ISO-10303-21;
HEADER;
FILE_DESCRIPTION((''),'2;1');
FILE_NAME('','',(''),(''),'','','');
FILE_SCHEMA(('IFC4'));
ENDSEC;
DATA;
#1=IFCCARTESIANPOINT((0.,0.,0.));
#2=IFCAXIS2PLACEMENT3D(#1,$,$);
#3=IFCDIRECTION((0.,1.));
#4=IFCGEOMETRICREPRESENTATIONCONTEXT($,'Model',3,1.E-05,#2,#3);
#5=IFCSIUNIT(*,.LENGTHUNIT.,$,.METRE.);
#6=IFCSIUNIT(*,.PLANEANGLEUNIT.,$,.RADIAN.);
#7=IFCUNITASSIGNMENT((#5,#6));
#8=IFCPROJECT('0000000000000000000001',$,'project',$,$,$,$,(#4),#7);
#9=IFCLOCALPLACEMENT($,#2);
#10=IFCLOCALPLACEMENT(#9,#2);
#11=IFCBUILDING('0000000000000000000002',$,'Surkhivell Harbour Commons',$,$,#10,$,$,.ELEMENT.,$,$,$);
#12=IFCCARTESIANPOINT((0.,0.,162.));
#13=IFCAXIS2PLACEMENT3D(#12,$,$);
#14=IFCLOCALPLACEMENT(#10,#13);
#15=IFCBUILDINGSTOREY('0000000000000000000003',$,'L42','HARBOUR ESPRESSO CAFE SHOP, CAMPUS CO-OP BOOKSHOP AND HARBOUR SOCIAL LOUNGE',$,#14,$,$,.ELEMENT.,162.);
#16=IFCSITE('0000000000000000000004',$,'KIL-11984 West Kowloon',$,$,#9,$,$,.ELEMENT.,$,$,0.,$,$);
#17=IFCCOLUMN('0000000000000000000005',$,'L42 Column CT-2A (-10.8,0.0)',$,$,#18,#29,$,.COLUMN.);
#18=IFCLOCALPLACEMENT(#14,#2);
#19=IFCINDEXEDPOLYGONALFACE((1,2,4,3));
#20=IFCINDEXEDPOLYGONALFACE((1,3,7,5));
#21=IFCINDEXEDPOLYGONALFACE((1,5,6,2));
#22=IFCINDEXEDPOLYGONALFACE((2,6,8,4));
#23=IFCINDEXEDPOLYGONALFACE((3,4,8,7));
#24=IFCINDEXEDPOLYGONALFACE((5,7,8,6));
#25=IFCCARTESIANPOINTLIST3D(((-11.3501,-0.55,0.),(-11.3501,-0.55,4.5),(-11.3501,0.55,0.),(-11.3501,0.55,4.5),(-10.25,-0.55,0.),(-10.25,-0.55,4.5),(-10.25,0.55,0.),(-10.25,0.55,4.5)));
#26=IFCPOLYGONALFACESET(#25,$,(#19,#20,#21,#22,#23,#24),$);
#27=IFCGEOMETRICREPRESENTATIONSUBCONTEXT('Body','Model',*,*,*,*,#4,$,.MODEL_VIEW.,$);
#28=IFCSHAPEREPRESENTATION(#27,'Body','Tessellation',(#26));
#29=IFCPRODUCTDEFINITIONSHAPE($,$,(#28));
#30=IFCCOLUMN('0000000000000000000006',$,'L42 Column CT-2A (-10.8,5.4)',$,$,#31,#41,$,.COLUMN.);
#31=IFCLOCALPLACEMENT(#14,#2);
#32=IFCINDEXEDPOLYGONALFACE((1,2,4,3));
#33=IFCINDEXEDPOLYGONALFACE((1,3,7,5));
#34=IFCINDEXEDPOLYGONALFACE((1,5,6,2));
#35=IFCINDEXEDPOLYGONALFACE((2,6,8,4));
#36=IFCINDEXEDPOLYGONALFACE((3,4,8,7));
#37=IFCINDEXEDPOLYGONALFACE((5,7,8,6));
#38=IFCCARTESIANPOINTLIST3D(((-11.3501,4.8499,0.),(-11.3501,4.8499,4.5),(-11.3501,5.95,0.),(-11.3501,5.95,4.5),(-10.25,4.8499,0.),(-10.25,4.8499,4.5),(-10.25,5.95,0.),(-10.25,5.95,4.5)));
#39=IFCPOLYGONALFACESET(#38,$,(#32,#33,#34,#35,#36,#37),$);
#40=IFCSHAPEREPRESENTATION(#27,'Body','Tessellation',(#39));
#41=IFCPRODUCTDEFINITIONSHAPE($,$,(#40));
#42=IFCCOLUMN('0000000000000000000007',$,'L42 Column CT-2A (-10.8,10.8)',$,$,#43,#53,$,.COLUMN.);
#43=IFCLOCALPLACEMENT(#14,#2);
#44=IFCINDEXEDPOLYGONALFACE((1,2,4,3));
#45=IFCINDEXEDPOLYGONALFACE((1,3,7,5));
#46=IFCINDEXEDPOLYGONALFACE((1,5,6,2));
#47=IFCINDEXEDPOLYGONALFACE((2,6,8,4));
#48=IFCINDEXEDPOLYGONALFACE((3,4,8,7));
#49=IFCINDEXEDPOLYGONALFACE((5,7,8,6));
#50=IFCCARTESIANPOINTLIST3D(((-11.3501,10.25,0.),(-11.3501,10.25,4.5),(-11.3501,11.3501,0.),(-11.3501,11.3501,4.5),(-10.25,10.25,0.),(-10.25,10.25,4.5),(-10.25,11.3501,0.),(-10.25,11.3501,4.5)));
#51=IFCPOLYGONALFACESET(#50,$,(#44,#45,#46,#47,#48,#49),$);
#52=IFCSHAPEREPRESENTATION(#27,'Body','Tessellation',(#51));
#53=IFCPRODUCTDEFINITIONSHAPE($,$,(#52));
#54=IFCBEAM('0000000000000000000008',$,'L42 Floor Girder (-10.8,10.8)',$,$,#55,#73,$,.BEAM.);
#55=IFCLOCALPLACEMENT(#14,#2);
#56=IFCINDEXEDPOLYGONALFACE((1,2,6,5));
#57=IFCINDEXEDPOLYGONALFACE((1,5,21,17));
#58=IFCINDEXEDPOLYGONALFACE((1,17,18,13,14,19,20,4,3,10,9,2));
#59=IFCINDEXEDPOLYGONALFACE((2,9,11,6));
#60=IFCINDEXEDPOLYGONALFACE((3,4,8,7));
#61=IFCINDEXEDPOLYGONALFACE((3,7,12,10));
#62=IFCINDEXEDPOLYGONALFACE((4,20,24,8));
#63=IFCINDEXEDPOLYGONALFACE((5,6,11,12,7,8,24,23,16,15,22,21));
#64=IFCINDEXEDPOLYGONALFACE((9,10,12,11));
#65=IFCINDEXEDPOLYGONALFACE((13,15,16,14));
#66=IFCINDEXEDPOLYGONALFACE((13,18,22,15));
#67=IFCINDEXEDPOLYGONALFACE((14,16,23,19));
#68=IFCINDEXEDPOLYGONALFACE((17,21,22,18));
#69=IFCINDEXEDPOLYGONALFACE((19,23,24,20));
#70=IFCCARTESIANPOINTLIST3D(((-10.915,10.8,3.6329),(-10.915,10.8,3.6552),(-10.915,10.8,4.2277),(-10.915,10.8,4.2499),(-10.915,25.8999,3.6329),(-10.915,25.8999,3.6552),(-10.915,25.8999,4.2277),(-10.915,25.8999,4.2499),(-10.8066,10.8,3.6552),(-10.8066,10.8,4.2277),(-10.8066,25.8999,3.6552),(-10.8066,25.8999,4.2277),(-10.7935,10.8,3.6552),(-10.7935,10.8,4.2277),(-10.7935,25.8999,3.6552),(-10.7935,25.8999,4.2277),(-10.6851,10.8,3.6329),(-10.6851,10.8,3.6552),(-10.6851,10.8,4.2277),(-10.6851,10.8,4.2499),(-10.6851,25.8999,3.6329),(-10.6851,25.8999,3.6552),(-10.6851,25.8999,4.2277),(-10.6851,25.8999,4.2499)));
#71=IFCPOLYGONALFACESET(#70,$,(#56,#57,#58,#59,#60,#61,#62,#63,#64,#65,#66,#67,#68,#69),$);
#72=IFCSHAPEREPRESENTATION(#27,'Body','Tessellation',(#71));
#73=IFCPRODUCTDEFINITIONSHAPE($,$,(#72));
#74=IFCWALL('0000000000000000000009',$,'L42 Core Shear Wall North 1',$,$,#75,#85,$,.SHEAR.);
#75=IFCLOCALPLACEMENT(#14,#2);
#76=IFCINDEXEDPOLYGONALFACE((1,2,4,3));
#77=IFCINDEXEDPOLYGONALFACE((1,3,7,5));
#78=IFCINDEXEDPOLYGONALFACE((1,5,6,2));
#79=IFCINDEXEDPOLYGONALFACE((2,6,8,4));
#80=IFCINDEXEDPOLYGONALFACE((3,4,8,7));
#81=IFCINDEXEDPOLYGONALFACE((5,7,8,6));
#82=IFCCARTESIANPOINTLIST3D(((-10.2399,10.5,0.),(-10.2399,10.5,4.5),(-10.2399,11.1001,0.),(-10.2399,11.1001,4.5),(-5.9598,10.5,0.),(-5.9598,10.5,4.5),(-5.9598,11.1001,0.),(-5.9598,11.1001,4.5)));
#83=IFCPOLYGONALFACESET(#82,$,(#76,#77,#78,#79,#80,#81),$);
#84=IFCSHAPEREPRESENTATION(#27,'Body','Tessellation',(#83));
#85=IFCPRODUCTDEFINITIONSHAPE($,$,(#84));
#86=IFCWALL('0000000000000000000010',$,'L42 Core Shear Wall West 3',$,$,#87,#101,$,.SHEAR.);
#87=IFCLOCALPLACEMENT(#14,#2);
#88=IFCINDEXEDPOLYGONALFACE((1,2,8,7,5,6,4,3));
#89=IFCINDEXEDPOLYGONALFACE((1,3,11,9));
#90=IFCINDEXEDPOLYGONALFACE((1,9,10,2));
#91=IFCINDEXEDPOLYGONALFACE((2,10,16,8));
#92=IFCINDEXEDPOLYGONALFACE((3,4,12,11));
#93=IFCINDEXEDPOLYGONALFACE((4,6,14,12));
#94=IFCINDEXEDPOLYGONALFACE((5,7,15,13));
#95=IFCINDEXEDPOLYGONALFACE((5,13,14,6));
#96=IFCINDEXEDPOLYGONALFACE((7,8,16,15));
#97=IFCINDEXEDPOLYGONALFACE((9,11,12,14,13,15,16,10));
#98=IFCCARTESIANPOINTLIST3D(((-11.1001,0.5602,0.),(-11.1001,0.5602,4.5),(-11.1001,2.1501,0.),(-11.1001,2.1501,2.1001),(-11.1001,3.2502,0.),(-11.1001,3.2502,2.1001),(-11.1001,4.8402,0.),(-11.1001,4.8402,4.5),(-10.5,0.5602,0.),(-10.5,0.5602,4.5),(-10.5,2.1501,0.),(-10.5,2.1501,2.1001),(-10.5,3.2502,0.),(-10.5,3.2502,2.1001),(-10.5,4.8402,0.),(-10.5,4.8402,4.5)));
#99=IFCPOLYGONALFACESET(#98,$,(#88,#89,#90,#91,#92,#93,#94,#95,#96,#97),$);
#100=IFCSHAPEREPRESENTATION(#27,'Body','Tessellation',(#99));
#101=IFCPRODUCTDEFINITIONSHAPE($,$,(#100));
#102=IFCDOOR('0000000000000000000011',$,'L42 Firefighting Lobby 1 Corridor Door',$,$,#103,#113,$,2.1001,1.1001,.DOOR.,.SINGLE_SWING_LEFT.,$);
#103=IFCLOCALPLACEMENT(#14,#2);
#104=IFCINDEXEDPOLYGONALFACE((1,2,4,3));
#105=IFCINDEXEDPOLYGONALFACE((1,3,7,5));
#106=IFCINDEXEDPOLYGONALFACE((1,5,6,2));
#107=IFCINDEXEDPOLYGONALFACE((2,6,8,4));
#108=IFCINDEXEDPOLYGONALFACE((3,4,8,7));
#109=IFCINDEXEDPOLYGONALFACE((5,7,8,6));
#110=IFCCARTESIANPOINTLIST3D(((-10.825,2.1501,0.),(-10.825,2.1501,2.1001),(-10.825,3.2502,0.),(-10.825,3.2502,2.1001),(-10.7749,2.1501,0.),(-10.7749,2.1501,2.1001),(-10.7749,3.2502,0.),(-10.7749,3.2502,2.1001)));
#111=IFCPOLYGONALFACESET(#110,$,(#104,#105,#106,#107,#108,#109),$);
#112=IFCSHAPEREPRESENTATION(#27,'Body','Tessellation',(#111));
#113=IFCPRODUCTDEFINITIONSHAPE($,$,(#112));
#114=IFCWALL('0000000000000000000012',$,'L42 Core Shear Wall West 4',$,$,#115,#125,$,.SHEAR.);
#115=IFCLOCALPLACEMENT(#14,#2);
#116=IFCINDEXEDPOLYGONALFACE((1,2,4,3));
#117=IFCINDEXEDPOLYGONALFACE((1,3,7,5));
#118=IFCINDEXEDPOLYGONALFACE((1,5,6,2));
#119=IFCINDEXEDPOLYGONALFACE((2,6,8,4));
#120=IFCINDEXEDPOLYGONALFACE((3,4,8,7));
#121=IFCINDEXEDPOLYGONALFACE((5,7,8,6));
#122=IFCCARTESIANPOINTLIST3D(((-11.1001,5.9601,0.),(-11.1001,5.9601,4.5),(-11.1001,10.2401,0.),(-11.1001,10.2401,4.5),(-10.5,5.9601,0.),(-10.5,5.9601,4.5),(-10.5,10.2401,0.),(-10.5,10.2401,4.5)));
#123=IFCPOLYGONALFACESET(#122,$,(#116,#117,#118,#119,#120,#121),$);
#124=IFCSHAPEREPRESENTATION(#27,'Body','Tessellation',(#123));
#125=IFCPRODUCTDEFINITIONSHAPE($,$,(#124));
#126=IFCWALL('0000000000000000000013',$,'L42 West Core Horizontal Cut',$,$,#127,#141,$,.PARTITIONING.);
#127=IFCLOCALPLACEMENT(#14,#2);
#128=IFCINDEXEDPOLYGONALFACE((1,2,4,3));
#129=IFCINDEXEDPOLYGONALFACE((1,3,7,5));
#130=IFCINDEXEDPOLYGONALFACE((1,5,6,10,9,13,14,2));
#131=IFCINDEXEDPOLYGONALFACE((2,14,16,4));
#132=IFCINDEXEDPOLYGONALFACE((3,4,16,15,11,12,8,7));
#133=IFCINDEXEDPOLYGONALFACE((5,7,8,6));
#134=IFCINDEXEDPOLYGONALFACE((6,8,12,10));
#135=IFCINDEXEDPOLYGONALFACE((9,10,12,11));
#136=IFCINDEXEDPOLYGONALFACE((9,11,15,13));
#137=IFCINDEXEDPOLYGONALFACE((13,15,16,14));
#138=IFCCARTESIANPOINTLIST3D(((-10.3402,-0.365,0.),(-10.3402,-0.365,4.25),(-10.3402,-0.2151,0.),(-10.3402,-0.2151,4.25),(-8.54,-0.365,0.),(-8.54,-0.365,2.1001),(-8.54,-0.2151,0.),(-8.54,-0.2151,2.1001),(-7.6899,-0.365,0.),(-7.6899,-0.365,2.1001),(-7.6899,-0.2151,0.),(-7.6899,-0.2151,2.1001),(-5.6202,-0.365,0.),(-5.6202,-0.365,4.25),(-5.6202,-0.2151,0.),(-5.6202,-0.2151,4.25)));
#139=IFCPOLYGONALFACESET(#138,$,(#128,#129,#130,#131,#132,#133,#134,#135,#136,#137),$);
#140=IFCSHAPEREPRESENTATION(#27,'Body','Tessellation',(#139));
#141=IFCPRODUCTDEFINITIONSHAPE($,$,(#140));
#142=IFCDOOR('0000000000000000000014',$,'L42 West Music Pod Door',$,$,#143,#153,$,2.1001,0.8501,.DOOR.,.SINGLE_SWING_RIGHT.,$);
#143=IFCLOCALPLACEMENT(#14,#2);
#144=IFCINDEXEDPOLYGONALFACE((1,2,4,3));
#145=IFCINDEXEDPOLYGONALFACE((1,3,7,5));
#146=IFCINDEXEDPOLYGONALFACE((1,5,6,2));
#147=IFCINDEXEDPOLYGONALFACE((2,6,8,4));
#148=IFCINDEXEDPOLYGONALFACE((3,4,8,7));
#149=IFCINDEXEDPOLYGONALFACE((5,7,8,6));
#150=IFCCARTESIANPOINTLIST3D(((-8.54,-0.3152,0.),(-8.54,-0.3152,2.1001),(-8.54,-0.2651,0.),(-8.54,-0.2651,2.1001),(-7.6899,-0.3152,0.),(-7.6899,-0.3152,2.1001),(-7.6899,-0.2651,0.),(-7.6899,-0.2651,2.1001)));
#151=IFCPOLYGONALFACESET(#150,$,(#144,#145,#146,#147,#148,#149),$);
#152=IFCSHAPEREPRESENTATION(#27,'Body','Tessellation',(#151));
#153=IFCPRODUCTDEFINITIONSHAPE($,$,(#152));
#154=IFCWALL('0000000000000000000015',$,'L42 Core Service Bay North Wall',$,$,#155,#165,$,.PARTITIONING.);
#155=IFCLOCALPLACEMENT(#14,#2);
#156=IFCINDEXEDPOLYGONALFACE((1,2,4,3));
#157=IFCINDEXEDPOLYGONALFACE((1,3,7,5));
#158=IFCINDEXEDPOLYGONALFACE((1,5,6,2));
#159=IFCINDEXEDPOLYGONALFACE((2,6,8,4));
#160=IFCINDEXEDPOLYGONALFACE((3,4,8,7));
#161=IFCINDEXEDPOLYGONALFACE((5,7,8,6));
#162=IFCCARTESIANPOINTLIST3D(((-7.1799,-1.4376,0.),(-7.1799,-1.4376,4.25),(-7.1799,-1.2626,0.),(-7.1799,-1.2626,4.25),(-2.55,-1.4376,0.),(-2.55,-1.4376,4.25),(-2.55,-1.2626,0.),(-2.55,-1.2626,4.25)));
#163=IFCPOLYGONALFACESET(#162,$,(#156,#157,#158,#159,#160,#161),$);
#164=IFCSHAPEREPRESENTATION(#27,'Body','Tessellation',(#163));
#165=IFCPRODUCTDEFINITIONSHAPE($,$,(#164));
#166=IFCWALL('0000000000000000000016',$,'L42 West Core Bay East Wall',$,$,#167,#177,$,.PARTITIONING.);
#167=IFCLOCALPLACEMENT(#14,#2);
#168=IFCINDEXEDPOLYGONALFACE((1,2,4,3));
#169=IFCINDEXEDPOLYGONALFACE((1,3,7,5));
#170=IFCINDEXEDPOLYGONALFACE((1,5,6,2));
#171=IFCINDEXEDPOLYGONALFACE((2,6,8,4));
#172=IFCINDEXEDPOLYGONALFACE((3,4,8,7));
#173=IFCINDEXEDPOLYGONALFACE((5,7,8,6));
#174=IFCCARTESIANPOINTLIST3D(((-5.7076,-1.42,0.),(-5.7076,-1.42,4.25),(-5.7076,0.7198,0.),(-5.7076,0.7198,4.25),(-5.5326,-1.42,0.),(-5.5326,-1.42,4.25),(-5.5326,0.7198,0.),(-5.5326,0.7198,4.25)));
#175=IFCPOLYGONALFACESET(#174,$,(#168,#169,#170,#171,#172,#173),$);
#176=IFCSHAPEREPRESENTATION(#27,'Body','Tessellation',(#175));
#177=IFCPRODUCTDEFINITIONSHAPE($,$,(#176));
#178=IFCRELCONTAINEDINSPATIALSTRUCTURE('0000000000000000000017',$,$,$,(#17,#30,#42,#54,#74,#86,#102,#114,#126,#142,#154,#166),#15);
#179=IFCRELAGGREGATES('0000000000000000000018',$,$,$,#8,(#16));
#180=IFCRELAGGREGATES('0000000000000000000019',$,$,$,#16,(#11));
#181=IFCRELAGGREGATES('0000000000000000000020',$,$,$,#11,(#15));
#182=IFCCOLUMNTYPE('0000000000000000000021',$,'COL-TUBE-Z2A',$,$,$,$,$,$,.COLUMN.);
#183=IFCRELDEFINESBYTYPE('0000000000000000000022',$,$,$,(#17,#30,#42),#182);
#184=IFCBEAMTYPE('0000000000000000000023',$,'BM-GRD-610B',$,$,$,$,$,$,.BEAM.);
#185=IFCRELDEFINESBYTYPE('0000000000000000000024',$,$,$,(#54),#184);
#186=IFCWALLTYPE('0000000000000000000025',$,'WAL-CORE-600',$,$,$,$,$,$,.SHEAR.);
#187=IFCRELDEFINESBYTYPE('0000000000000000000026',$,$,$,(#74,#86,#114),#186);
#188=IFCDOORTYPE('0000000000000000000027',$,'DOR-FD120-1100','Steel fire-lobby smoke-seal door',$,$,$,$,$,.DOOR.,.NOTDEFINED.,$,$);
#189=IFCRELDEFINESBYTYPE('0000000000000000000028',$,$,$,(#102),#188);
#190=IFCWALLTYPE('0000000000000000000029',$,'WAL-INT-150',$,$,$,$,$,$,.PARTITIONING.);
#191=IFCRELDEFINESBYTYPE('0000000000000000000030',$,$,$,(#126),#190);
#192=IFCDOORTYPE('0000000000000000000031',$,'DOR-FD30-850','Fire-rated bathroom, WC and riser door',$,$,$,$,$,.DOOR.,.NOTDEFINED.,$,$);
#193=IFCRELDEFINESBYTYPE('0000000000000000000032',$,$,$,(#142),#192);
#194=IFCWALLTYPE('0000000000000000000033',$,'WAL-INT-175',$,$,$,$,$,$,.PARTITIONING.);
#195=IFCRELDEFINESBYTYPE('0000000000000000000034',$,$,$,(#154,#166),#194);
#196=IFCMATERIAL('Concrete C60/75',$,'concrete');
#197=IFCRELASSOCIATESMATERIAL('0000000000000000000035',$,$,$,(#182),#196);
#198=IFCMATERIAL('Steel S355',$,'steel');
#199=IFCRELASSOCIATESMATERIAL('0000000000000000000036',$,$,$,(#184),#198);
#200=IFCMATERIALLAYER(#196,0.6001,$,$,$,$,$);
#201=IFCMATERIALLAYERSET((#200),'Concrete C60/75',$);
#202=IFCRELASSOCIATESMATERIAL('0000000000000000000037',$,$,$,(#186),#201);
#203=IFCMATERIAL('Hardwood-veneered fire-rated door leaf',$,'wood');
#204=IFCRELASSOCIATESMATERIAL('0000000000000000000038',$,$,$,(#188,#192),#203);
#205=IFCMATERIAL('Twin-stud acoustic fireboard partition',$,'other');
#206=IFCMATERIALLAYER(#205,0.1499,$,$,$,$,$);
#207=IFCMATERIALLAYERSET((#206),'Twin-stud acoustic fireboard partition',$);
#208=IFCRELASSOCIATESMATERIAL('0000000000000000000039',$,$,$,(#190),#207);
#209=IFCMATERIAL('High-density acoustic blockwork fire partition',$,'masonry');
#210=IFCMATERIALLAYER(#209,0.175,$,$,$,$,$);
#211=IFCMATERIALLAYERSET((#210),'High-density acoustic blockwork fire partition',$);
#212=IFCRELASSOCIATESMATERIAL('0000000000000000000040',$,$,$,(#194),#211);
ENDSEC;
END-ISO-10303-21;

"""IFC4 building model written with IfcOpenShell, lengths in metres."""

from ifc_helpers import new_model, si_unit, direction, frame, frame_2d, origin, origin_2d, place, context, subcontext, project, spatial, rectangle, i_section, extrude, material, layer, layer_set, material_profile, profile_set, type_object, element, fill, save


model = new_model("IFC4")

# Units and contexts
model_context = context("Model", 3, precision=1e-05, world=origin(), true_north=direction((0.0, 1.0)))
body_context = subcontext(model_context, "Body", "Model", "MODEL_VIEW")
ifc_project = project(units=[si_unit("LENGTHUNIT", "METRE"), si_unit("PLANEANGLEUNIT", "RADIAN")], contexts=[model_context])

# Site, building, storey
site_placement = place(None, origin())
site = spatial("IfcSite", under=ifc_project, at=site_placement, Name="KIL-11984 West Kowloon", CompositionType="ELEMENT", RefElevation=0.0)
building_placement = place(site_placement, origin())
building = spatial("IfcBuilding", under=site, at=building_placement, Name="Surkhivell Harbour Commons", CompositionType="ELEMENT")
storey_placement = place(building_placement, frame((0.0, 0.0, 162.0)))
storey = spatial("IfcBuildingStorey", under=building, at=storey_placement, Name="L42", Description="HARBOUR ESPRESSO CAFE SHOP, CAMPUS CO-OP BOOKSHOP AND HARBOUR SOCIAL LOUNGE", CompositionType="ELEMENT", Elevation=162.0)

# Columns
ifc_material_1 = material(Name="Concrete C60/75", Category="concrete")
ifc_material_profile_1 = material_profile(ifc_material_1, rectangle(XDim=1.1001, YDim=1.1001, at=origin_2d()), Name="RC-COL-1100x1100")
ifc_profile_set_1 = profile_set([ifc_material_profile_1], Name="Concrete C60/75")
column_type = type_object("IfcColumnType", Name="COL-TUBE-Z2A", PredefinedType="COLUMN", material=ifc_profile_set_1)
for number, where, z_axis, x_axis, name in (
    (1, (-10.8, 0.0, 0.0), (0.0, 0.0, 1.0), (1.0, 0.0, 0.0), "L42 Column CT-2A (-10.8,0.0)"),
    (2, (-10.8, 5.3999, 0.0), (0.0, 0.0, 1.0), (1.0, 0.0, 0.0), "L42 Column CT-2A (-10.8,5.4)"),
    (3, (-10.8, 10.8, 0.0), (0.0, 0.0, 1.0), (1.0, 0.0, 0.0), "L42 Column CT-2A (-10.8,10.8)"),
):
    element("IfcColumn", number, at=place(storey_placement, frame(where, z_axis=z_axis, x_axis=x_axis)), inside=storey, type_object=column_type, Name=name, PredefinedType="COLUMN", context=body_context, shape_type="SweptSolid", body=[
        extrude(rectangle(XDim=1.1001, YDim=1.1001, at=origin_2d()), origin(), (0.0, 0.0, 1.0), 4.5),
    ])

# Beam
ifc_material_2 = material(Name="Steel S355", Category="steel")
ifc_material_profile_2 = material_profile(ifc_material_2, i_section(OverallWidth=0.23, OverallDepth=0.6169, WebThickness=0.0132, FlangeThickness=0.0222, at=origin_2d()), Name="UB610x229x140")
ifc_profile_set_2 = profile_set([ifc_material_profile_2], Name="Steel S355")
beam_type = type_object("IfcBeamType", Name="BM-GRD-610B", PredefinedType="BEAM", material=ifc_profile_set_2)
beam_placement = place(storey_placement, frame((-10.8, 10.8, 3.9414), z_axis=(0.0, 1.0, 0.0), x_axis=(-1.0, 0.0, 0.0)))
element("IfcBeam", 4, at=beam_placement, inside=storey, type_object=beam_type, Name="L42 Floor Girder (-10.8,10.8)", PredefinedType="BEAM", context=body_context, shape_type="SweptSolid", body=[
    extrude(i_section(OverallWidth=0.23, OverallDepth=0.6169, WebThickness=0.0132, FlangeThickness=0.0222, at=origin_2d()), origin(), (0.0, 0.0, 1.0), 15.0999),
])

# Wall
ifc_layer_1 = layer(ifc_material_1, 0.6001)
ifc_layer_set_1 = layer_set([ifc_layer_1], Name="Concrete C60/75")
wall_type_1 = type_object("IfcWallType", Name="WAL-CORE-600", PredefinedType="SHEAR", material=ifc_layer_set_1)
wall_1_placement = place(storey_placement, frame((-10.24, 10.8, 0.0), z_axis=(0.0, 0.0, 1.0), x_axis=(1.0, 0.0, 0.0)))
element("IfcWall", 5, at=wall_1_placement, inside=storey, type_object=wall_type_1, Name="L42 Core Shear Wall North 1", PredefinedType="SHEAR", context=body_context, shape_type="SweptSolid", body=[
    extrude(rectangle(XDim=4.28, YDim=0.6001, at=frame_2d((2.1401, 0.0))), origin(), (0.0, 0.0, 1.0), 4.5),
])

# Wall, opening, door
wall_2_placement = place(storey_placement, frame((-10.8, 0.5601, 0.0), z_axis=(0.0, 0.0, 1.0), x_axis=(0.0, 1.0, 0.0)))
wall_2 = element("IfcWall", 6, at=wall_2_placement, inside=storey, type_object=wall_type_1, Name="L42 Core Shear Wall West 3", PredefinedType="SHEAR", context=body_context, shape_type="SweptSolid", body=[
    extrude(rectangle(XDim=4.28, YDim=0.6001, at=frame_2d((2.1401, 0.0))), origin(), (0.0, 0.0, 1.0), 4.5),
])
opening_1_placement = place(wall_2_placement, frame((1.5901, 0.0, 0.0)))
opening_1 = element("IfcOpeningElement", 7, at=opening_1_placement, cuts=wall_2, PredefinedType="OPENING", context=body_context, shape_type="SweptSolid", body=[
    extrude(rectangle(XDim=1.1001, YDim=2.1001, at=frame_2d((0.55, 1.05))), frame((0.0, 0.3101, 0.0), z_axis=(0.0, -1.0, 0.0), x_axis=(1.0, 0.0, 0.0)), (0.0, 0.0, 1.0), 0.6201),
])
ifc_material_3 = material(Name="Hardwood-veneered fire-rated door leaf", Category="wood")
door_type_1 = type_object("IfcDoorType", Name="DOR-FD120-1100", Description="Steel fire-lobby smoke-seal door", OperationType="NOTDEFINED", PredefinedType="DOOR", material=ifc_material_3)
door_1_placement = place(opening_1_placement, origin())
door_1 = element("IfcDoor", 8, at=door_1_placement, inside=storey, type_object=door_type_1, Name="L42 Firefighting Lobby 1 Corridor Door", OperationType="SINGLE_SWING_LEFT", OverallHeight=2.1001, OverallWidth=1.1001, PredefinedType="DOOR", context=body_context, shape_type="SweptSolid", body=[
    extrude(rectangle(XDim=1.1001, YDim=2.1001, at=frame_2d((0.55, 1.05))), frame((0.0, 0.0249, 0.0), z_axis=(0.0, -1.0, 0.0), x_axis=(1.0, 0.0, 0.0)), (0.0, 0.0, 1.0), 0.05),
])
fill(opening_1, door_1)

# Wall
wall_3_placement = place(storey_placement, frame((-10.8, 5.96, 0.0), z_axis=(0.0, 0.0, 1.0), x_axis=(0.0, 1.0, 0.0)))
element("IfcWall", 9, at=wall_3_placement, inside=storey, type_object=wall_type_1, Name="L42 Core Shear Wall West 4", PredefinedType="SHEAR", context=body_context, shape_type="SweptSolid", body=[
    extrude(rectangle(XDim=4.28, YDim=0.6001, at=frame_2d((2.1401, 0.0))), origin(), (0.0, 0.0, 1.0), 4.5),
])

# Wall, opening, door
ifc_material_4 = material(Name="Twin-stud acoustic fireboard partition", Category="other")
ifc_layer_2 = layer(ifc_material_4, 0.1499)
ifc_layer_set_2 = layer_set([ifc_layer_2], Name="Twin-stud acoustic fireboard partition")
wall_type_2 = type_object("IfcWallType", Name="WAL-INT-150", PredefinedType="PARTITIONING", material=ifc_layer_set_2)
wall_4_placement = place(storey_placement, frame((-10.3401, -0.29, 0.0), z_axis=(0.0, 0.0, 1.0), x_axis=(1.0, 0.0, 0.0)))
wall_4 = element("IfcWall", 10, at=wall_4_placement, inside=storey, type_object=wall_type_2, Name="L42 West Core Horizontal Cut", PredefinedType="PARTITIONING", context=body_context, shape_type="SweptSolid", body=[
    extrude(rectangle(XDim=4.72, YDim=0.1499, at=frame_2d((2.3599, 0.0))), origin(), (0.0, 0.0, 1.0), 4.25),
])
opening_2_placement = place(wall_4_placement, frame((1.8, 0.0, 0.0)))
opening_2 = element("IfcOpeningElement", 11, at=opening_2_placement, cuts=wall_4, PredefinedType="OPENING", context=body_context, shape_type="SweptSolid", body=[
    extrude(rectangle(XDim=0.8501, YDim=2.1001, at=frame_2d((0.425, 1.05))), frame((0.0, 0.085, 0.0), z_axis=(0.0, -1.0, 0.0), x_axis=(1.0, 0.0, 0.0)), (0.0, 0.0, 1.0), 0.1699),
])
door_type_2 = type_object("IfcDoorType", Name="DOR-FD30-850", Description="Fire-rated bathroom, WC and riser door", OperationType="NOTDEFINED", PredefinedType="DOOR", material=ifc_material_3)
door_2_placement = place(opening_2_placement, origin())
door_2 = element("IfcDoor", 12, at=door_2_placement, inside=storey, type_object=door_type_2, Name="L42 West Music Pod Door", OperationType="SINGLE_SWING_RIGHT", OverallHeight=2.1001, OverallWidth=0.8501, PredefinedType="DOOR", context=body_context, shape_type="SweptSolid", body=[
    extrude(rectangle(XDim=0.8501, YDim=2.1001, at=frame_2d((0.425, 1.05))), frame((0.0, 0.0249, 0.0), z_axis=(0.0, -1.0, 0.0), x_axis=(1.0, 0.0, 0.0)), (0.0, 0.0, 1.0), 0.05),
])
fill(opening_2, door_2)

# Walls
ifc_material_5 = material(Name="High-density acoustic blockwork fire partition", Category="masonry")
ifc_layer_3 = layer(ifc_material_5, 0.175)
ifc_layer_set_3 = layer_set([ifc_layer_3], Name="High-density acoustic blockwork fire partition")
wall_type_3 = type_object("IfcWallType", Name="WAL-INT-175", PredefinedType="PARTITIONING", material=ifc_layer_set_3)
wall_5_placement = place(storey_placement, frame((-7.1799, -1.3501, 0.0), z_axis=(0.0, 0.0, 1.0), x_axis=(1.0, 0.0, 0.0)))
element("IfcWall", 13, at=wall_5_placement, inside=storey, type_object=wall_type_3, Name="L42 Core Service Bay North Wall", PredefinedType="PARTITIONING", context=body_context, shape_type="SweptSolid", body=[
    extrude(rectangle(XDim=4.6299, YDim=0.175, at=frame_2d((2.3149, 0.0))), origin(), (0.0, 0.0, 1.0), 4.25),
])
wall_6_placement = place(storey_placement, frame((-5.6201, -1.4199, 0.0), z_axis=(0.0, 0.0, 1.0), x_axis=(0.0, 1.0, 0.0)))
element("IfcWall", 14, at=wall_6_placement, inside=storey, type_object=wall_type_3, Name="L42 West Core Bay East Wall", PredefinedType="PARTITIONING", context=body_context, shape_type="SweptSolid", body=[
    extrude(rectangle(XDim=2.1399, YDim=0.175, at=frame_2d((1.0698, 0.0))), origin(), (0.0, 0.0, 1.0), 4.25),
])

save(model, "model.ifc")
